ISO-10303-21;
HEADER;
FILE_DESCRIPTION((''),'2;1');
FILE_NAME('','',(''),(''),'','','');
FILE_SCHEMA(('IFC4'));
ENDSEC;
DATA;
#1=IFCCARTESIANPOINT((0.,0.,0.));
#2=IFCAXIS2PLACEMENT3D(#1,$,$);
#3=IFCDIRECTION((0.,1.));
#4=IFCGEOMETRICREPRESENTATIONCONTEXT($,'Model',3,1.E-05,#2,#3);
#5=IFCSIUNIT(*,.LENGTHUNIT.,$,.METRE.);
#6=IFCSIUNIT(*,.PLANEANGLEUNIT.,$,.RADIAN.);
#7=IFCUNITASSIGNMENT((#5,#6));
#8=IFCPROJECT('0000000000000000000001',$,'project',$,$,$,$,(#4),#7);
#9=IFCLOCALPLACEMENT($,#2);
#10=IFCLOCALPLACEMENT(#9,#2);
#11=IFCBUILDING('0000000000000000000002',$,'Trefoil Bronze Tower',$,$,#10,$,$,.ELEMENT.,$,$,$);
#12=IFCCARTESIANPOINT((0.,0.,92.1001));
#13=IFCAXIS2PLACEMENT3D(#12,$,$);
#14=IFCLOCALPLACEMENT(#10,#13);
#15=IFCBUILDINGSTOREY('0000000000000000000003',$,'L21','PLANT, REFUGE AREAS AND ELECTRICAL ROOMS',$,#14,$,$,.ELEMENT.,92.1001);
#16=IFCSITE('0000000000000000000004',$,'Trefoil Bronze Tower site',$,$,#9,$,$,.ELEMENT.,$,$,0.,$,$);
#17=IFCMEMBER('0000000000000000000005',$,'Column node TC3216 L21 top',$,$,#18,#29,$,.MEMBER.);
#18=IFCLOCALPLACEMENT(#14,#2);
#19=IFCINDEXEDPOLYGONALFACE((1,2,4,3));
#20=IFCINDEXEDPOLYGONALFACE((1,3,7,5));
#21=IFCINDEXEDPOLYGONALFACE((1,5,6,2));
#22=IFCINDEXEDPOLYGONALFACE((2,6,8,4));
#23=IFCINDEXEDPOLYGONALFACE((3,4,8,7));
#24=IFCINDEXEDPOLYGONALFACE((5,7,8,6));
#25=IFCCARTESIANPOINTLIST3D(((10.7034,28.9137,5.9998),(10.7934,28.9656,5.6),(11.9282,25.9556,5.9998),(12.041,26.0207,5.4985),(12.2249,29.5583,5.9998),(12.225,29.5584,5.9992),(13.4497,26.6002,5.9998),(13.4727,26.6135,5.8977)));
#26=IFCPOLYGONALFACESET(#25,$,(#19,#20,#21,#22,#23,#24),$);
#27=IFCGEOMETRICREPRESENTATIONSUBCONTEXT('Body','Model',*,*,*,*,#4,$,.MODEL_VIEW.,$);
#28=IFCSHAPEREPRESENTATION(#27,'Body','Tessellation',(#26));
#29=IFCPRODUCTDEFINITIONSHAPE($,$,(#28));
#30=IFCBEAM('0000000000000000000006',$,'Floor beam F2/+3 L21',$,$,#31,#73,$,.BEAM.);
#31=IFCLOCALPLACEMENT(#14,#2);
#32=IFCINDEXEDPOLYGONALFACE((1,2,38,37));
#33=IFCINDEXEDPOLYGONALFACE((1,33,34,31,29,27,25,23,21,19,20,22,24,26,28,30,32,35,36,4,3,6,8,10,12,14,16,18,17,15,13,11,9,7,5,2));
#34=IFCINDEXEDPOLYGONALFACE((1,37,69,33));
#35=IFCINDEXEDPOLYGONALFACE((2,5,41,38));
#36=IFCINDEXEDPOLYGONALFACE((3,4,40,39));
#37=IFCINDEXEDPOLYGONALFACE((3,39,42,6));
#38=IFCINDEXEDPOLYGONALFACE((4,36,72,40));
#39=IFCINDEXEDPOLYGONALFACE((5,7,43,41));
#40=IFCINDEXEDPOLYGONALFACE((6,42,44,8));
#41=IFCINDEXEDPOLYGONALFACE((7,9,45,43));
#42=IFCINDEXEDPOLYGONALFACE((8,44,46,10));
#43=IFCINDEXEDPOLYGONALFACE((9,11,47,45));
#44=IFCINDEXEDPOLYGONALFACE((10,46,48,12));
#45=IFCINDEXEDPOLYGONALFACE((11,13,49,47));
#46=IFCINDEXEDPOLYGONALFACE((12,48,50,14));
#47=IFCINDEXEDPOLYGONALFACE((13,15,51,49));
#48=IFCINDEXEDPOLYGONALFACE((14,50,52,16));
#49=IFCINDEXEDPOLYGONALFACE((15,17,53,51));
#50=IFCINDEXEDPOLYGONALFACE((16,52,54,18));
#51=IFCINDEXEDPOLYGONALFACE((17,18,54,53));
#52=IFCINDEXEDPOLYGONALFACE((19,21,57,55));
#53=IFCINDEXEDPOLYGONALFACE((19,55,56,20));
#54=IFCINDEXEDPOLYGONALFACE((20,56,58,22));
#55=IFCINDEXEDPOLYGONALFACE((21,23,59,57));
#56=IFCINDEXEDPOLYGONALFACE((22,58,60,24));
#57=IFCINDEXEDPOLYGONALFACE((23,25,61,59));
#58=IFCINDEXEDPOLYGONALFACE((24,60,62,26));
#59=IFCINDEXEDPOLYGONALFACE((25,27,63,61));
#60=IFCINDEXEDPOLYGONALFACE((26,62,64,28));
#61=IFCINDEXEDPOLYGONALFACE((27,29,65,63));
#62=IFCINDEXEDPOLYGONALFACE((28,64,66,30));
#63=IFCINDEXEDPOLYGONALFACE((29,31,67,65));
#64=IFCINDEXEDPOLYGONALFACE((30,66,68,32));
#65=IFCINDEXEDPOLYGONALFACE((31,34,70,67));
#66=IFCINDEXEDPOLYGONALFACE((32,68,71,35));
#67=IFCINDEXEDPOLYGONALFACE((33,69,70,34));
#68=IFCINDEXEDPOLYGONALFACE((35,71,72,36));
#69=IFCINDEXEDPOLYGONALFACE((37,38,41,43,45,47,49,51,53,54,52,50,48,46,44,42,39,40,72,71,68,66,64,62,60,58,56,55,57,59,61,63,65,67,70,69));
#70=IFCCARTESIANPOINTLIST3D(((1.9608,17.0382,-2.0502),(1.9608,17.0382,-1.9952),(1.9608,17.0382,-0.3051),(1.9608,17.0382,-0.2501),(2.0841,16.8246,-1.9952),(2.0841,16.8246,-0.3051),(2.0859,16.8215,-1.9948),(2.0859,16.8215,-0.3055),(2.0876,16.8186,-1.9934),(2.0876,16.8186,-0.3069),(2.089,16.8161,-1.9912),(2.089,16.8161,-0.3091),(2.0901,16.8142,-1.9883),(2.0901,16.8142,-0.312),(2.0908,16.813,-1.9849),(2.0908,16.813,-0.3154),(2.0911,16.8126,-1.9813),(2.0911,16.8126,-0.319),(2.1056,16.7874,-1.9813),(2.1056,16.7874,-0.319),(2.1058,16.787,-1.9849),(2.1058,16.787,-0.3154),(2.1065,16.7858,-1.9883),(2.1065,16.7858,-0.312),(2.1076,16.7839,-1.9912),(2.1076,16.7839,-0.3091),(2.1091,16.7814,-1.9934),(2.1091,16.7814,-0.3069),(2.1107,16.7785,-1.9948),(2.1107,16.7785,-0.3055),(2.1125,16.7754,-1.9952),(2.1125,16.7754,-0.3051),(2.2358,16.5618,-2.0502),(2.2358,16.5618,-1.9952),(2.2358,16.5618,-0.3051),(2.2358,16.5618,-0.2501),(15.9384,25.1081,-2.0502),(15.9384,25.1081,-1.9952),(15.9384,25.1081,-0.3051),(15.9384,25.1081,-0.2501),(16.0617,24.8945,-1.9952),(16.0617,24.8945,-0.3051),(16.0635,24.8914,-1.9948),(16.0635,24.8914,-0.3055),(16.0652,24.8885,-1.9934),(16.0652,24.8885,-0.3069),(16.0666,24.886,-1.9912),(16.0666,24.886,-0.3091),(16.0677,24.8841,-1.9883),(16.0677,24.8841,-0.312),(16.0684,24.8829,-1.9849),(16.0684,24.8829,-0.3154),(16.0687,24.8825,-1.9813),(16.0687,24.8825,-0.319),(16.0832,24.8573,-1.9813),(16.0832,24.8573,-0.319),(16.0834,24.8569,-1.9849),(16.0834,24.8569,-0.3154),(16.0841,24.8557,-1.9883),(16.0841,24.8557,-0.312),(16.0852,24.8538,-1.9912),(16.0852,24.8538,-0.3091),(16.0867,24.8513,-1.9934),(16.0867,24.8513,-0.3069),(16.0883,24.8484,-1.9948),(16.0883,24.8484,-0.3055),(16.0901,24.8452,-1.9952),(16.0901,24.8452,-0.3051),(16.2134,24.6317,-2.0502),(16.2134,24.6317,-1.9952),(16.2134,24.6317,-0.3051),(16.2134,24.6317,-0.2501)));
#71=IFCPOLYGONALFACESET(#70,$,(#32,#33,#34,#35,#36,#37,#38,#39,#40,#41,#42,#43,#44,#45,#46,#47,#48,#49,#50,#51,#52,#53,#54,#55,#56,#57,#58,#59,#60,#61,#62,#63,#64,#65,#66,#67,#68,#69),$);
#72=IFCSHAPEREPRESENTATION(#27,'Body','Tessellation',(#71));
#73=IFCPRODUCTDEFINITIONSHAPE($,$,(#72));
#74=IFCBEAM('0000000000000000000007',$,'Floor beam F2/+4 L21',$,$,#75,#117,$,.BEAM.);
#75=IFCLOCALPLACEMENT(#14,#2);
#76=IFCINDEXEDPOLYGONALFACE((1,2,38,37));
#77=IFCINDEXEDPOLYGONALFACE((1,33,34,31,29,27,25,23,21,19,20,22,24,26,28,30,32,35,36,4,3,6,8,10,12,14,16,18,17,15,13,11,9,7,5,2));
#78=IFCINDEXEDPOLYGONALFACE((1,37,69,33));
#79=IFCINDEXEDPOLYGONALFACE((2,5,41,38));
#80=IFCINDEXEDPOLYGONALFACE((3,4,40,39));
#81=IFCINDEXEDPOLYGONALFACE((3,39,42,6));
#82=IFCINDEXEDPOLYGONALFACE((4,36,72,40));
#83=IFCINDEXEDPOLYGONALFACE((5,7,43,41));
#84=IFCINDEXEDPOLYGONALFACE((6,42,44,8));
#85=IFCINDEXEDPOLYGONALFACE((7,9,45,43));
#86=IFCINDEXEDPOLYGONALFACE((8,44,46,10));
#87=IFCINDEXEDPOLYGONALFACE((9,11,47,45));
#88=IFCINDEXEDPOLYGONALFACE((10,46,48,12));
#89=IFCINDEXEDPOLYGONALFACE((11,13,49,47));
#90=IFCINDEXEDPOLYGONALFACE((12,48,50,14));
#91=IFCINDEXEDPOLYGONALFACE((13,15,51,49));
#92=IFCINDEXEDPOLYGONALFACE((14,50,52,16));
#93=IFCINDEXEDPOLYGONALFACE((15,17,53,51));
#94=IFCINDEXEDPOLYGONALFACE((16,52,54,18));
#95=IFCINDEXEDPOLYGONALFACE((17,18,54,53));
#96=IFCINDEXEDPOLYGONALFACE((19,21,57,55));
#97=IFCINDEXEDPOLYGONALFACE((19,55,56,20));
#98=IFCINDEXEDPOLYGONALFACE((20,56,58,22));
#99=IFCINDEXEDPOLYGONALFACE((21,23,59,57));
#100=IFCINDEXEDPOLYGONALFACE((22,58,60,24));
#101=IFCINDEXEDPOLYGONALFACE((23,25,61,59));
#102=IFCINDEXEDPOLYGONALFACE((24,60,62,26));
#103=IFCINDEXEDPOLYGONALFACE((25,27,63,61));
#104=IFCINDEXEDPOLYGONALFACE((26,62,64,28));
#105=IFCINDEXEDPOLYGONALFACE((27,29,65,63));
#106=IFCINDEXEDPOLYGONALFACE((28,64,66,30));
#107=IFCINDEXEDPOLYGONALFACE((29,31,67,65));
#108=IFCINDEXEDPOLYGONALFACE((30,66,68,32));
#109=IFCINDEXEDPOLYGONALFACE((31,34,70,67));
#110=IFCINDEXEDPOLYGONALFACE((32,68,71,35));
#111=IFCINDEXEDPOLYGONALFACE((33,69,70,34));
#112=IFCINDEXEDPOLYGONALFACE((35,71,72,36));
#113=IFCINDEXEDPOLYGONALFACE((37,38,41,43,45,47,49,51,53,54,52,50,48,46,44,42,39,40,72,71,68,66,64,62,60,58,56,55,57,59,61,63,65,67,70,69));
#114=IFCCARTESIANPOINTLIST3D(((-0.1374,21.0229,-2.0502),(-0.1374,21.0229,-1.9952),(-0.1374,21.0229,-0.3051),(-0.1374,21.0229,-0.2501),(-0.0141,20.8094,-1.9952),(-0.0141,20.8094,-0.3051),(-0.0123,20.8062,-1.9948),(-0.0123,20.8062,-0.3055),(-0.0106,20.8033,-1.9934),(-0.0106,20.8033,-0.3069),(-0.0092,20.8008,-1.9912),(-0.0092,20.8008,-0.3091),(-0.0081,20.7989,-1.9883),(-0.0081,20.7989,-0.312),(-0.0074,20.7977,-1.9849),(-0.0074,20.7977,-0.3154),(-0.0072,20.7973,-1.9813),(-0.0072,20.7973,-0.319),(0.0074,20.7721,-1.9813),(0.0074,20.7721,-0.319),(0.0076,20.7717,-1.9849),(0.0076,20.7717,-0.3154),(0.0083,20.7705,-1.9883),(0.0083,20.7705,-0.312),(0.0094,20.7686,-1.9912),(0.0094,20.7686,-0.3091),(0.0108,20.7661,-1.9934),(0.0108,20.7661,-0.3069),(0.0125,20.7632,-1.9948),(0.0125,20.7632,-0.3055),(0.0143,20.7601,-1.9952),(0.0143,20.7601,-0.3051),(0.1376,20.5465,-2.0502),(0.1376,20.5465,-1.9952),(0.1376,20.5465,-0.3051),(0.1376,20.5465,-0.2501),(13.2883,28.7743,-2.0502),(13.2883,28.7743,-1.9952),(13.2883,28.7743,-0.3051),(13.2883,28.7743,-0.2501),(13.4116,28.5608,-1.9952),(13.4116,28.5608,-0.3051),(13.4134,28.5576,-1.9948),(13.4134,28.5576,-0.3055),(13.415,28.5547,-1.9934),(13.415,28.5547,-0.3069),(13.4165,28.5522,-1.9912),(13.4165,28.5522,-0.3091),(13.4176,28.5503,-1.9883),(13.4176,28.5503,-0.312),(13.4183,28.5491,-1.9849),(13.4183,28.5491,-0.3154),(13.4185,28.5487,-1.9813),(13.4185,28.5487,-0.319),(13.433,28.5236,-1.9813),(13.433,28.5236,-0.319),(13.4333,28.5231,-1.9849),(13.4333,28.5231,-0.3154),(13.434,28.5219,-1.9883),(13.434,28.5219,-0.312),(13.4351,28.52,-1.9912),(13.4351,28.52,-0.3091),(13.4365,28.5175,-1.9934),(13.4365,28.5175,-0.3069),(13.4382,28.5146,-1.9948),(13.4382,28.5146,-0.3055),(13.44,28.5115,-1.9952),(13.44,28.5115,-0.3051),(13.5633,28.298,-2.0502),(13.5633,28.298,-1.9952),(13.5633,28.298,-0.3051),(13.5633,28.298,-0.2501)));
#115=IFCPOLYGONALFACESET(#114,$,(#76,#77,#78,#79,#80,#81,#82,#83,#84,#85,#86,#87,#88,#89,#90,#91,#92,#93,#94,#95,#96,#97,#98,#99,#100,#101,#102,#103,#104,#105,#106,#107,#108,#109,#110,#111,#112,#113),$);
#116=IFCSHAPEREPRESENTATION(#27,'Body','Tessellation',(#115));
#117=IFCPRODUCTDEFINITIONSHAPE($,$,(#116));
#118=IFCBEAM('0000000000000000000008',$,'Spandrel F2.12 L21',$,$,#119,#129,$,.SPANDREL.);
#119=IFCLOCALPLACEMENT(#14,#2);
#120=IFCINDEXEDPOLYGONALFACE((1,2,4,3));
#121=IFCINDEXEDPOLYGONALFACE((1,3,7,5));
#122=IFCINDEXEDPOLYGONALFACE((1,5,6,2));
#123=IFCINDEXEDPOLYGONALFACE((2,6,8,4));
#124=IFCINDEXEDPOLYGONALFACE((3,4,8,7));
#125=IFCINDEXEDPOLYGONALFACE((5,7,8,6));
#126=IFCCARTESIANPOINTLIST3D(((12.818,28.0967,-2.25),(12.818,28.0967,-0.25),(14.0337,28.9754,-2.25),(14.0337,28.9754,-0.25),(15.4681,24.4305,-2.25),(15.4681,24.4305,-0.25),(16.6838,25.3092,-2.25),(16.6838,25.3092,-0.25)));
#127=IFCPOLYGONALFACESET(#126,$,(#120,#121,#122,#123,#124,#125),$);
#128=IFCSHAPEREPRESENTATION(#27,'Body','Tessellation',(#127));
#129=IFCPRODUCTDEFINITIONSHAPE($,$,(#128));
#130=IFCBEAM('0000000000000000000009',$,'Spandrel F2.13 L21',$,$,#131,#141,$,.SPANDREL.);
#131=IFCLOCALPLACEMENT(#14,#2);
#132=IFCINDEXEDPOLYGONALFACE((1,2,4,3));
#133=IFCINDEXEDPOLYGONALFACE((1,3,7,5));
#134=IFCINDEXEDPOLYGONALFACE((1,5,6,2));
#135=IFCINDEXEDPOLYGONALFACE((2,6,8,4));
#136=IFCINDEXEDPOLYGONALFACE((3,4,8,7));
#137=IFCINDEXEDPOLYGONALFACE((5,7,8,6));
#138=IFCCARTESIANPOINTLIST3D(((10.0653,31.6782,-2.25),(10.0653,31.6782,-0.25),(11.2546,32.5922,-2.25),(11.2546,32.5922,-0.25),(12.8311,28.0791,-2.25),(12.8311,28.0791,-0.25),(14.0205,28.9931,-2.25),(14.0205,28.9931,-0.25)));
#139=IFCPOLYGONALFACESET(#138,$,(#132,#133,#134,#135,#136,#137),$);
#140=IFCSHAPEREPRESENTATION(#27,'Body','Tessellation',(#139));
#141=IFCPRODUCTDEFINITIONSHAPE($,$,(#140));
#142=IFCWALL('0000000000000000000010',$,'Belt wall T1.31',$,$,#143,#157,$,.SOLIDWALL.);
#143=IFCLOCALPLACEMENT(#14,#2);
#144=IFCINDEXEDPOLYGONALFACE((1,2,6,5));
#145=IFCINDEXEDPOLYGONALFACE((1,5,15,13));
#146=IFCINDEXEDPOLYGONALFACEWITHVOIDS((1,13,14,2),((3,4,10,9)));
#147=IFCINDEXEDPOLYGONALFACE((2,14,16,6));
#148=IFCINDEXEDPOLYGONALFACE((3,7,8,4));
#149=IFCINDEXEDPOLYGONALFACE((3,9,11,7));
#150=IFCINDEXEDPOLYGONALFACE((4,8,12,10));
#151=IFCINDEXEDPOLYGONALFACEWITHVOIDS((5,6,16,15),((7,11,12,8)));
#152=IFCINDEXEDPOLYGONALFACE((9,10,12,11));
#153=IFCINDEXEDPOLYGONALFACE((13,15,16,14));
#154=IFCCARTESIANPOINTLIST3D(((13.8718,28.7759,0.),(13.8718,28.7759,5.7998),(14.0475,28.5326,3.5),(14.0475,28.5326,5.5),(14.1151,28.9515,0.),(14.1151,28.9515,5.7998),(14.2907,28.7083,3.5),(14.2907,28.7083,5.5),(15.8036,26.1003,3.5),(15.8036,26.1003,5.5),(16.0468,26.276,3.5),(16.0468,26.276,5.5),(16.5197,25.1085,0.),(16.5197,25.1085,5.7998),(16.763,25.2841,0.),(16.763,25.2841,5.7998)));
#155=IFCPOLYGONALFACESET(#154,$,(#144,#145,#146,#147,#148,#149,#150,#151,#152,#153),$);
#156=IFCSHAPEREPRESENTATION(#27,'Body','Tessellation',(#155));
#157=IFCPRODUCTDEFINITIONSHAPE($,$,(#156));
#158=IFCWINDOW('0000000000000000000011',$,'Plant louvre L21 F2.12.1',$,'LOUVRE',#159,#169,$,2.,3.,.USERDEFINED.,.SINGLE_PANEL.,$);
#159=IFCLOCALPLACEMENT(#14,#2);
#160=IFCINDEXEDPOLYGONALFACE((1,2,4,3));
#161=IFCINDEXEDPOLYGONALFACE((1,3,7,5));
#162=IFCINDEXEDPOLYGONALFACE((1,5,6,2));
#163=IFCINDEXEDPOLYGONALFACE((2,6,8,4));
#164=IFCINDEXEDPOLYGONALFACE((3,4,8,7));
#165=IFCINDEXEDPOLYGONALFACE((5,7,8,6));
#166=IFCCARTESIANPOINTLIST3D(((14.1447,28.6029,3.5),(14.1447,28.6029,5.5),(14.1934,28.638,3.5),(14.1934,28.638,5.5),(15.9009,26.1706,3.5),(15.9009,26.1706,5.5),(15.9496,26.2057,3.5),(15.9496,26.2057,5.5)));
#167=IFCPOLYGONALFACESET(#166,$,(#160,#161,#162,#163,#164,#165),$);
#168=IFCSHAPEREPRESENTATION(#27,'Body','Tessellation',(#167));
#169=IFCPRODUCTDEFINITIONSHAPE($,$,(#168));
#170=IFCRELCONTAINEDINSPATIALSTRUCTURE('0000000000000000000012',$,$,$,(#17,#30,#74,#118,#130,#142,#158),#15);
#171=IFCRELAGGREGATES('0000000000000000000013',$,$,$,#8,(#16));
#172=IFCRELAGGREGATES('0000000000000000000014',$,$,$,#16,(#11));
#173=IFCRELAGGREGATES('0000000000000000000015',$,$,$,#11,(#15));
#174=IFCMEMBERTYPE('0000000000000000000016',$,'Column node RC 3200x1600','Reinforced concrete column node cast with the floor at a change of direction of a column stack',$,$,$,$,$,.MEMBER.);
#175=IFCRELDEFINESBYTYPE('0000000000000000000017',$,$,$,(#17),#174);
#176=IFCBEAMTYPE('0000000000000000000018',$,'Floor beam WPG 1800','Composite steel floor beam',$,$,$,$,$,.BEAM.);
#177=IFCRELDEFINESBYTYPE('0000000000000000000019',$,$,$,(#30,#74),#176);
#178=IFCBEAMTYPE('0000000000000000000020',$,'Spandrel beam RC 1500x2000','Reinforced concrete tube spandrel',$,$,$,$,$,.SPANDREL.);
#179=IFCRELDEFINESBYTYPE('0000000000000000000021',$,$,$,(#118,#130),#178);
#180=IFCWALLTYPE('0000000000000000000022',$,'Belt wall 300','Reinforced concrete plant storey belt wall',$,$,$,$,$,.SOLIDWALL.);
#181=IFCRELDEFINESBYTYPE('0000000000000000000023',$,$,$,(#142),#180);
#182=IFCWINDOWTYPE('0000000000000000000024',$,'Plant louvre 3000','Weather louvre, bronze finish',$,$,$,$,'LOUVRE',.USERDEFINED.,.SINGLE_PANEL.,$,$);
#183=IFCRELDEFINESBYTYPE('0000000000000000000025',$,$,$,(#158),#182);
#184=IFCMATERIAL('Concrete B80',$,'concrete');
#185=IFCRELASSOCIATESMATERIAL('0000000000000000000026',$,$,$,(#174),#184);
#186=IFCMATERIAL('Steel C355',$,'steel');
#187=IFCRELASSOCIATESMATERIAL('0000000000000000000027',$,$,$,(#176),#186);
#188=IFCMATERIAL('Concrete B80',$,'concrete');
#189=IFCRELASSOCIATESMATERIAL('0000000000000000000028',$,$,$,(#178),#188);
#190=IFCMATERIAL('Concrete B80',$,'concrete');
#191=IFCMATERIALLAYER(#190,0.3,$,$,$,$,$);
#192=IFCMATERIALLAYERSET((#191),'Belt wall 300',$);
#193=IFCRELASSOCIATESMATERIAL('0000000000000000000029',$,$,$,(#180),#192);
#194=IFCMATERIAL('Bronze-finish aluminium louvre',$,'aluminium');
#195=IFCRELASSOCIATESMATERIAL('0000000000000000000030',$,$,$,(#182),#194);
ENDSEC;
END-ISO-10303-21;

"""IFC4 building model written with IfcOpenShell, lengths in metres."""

from ifc_helpers import new_model, si_unit, direction, frame, frame_2d, origin, origin_2d, place, context, subcontext, project, spatial, rectangle, i_section, extrude, clip, halfspace, material, layer, layer_set, material_profile, profile_set, type_object, element, fill, save


model = new_model("IFC4")

# Units and contexts
model_context = context("Model", 3, precision=1e-05, world=origin(), true_north=direction((0.0, 1.0)))
body_context = subcontext(model_context, "Body", "Model", "MODEL_VIEW")
ifc_project = project(units=[si_unit("LENGTHUNIT", "METRE"), si_unit("PLANEANGLEUNIT", "RADIAN")], contexts=[model_context])

# Site, building, storey
site_placement = place(None, origin())
site = spatial("IfcSite", under=ifc_project, at=site_placement, Name="Trefoil Bronze Tower site", CompositionType="ELEMENT", RefElevation=0.0)
building_placement = place(site_placement, origin())
building = spatial("IfcBuilding", under=site, at=building_placement, Name="Trefoil Bronze Tower", CompositionType="ELEMENT")
storey_placement = place(building_placement, frame((0.0, 0.0, 92.1001)))
storey = spatial("IfcBuildingStorey", under=building, at=storey_placement, Name="L21", Description="PLANT, REFUGE AREAS AND ELECTRICAL ROOMS", CompositionType="ELEMENT", Elevation=92.1001)

# Member
ifc_material_1 = material(Name="Concrete B80", Category="concrete")
ifc_material_profile_1 = material_profile(ifc_material_1, rectangle(XDim=3.2, YDim=1.6001, at=origin_2d()), Name="RC 3200x1600")
ifc_profile_set_1 = profile_set([ifc_material_profile_1], Name="Concrete B80")
member_type_1 = type_object("IfcMemberType", Name="Column node RC 3200x1600", Description="Reinforced concrete column node cast with the floor at a change of direction of a column stack", PredefinedType="MEMBER", material=ifc_profile_set_1)
member_1_placement = place(storey_placement, frame((12.02, 27.7244, 6.251), z_axis=(0.217851, 0.125629, -0.967863), x_axis=(0.389898, -0.920312, -0.031697)))
element("IfcMember", 1, at=member_1_placement, inside=storey, type_object=member_type_1, Name="Column node TC3216 L21 top", PredefinedType="MEMBER", context=body_context, shape_type="Clipping", body=[
    clip(extrude(rectangle(XDim=3.2, YDim=1.6001, at=origin_2d()), origin(), (0.0, 0.0, 1.0), 0.5188), halfspace(frame((0.0, 0.0, 0.2595), z_axis=(0.031697, 0.249474, 0.967863), x_axis=(0.0, 0.968349, -0.249599)), True)),
])

# Beams
ifc_material_2 = material(Name="Steel C355", Category="steel")
ifc_material_profile_2 = material_profile(ifc_material_2, i_section(OverallWidth=0.55, OverallDepth=1.8, WebThickness=0.0291, FlangeThickness=0.0549, FilletRadius=0.0139, at=origin_2d()), Name="WPG 1800")
ifc_profile_set_2 = profile_set([ifc_material_profile_2], Name="Steel C355")
beam_type_1 = type_object("IfcBeamType", Name="Floor beam WPG 1800", Description="Composite steel floor beam", PredefinedType="BEAM", material=ifc_profile_set_2)
beam_1_placement = place(storey_placement, frame((16.0759, 24.8699, -1.1501), z_axis=(-0.866028, -0.499995, 0.0), x_axis=(0.499995, -0.866028, 0.0)))
element("IfcBeam", 2, at=beam_1_placement, inside=storey, type_object=beam_type_1, Name="Floor beam F2/+3 L21", PredefinedType="BEAM", context=body_context, shape_type="SweptSolid", body=[
    extrude(i_section(OverallWidth=0.55, OverallDepth=1.8, WebThickness=0.0291, FlangeThickness=0.0549, FilletRadius=0.0139, at=origin_2d()), origin(), (0.0, 0.0, 1.0), 16.1399),
])
beam_2_placement = place(storey_placement, frame((13.4258, 28.5361, -1.1501), z_axis=(-0.866023, -0.500004, 0.0), x_axis=(0.500004, -0.866023, 0.0)))
element("IfcBeam", 3, at=beam_2_placement, inside=storey, type_object=beam_type_1, Name="Floor beam F2/+4 L21", PredefinedType="BEAM", context=body_context, shape_type="SweptSolid", body=[
    extrude(i_section(OverallWidth=0.55, OverallDepth=1.8, WebThickness=0.0291, FlangeThickness=0.0549, FilletRadius=0.0139, at=origin_2d()), origin(), (0.0, 0.0, 1.0), 15.5027),
])
ifc_material_3 = material(Name="Concrete B80", Category="concrete")
ifc_material_profile_3 = material_profile(ifc_material_3, rectangle(XDim=1.5, YDim=2.0, at=origin_2d()), Name="RC 1500x2000")
ifc_profile_set_3 = profile_set([ifc_material_profile_3], Name="Concrete B80")
beam_type_2 = type_object("IfcBeamType", Name="Spandrel beam RC 1500x2000", Description="Reinforced concrete tube spandrel", PredefinedType="SPANDREL", material=ifc_profile_set_3)
beam_3_placement = place(storey_placement, frame((16.0759, 24.8699, -1.25), z_axis=(-0.585824, 0.810439, 0.0), x_axis=(-0.810439, -0.585824, 0.0)))
element("IfcBeam", 4, at=beam_3_placement, inside=storey, type_object=beam_type_2, Name="Spandrel F2.12 L21", PredefinedType="SPANDREL", context=body_context, shape_type="SweptSolid", body=[
    extrude(rectangle(XDim=1.5, YDim=2.0, at=origin_2d()), origin(), (0.0, 0.0, 1.0), 4.5237),
])
beam_4_placement = place(storey_placement, frame((13.4258, 28.5361, -1.25), z_axis=(-0.609339, 0.79291, 0.0), x_axis=(-0.79291, -0.609339, 0.0)))
element("IfcBeam", 5, at=beam_4_placement, inside=storey, type_object=beam_type_2, Name="Spandrel F2.13 L21", PredefinedType="SPANDREL", context=body_context, shape_type="SweptSolid", body=[
    extrude(rectangle(XDim=1.5, YDim=2.0, at=origin_2d()), origin(), (0.0, 0.0, 1.0), 4.5391),
])

# Wall, opening, window
ifc_material_4 = material(Name="Concrete B80", Category="concrete")
ifc_layer_1 = layer(ifc_material_4, 0.3)
ifc_layer_set_1 = layer_set([ifc_layer_1], Name="Belt wall 300")
wall_type = type_object("IfcWallType", Name="Belt wall 300", Description="Reinforced concrete plant storey belt wall", PredefinedType="SOLIDWALL", material=ifc_layer_set_1)
wall_1_placement = place(storey_placement, frame((16.6414, 25.1963, 0.0), z_axis=(0.0, 0.0, 1.0), x_axis=(-0.585376, 0.810762, 0.0)))
wall_1 = element("IfcWall", 6, at=wall_1_placement, inside=storey, type_object=wall_type, Name="Belt wall T1.31", PredefinedType="SOLIDWALL", context=body_context, shape_type="SweptSolid", body=[
    extrude(rectangle(XDim=4.5234, YDim=0.3, at=frame_2d((2.2617, 0.0))), origin(), (0.0, 0.0, 1.0), 5.7998),
])
opening_1_placement = place(wall_1_placement, frame((1.2234, 0.0, 3.5)))
opening_1 = element("IfcOpeningElement", 7, at=opening_1_placement, cuts=wall_1, PredefinedType="OPENING", context=body_context, shape_type="SweptSolid", body=[
    extrude(rectangle(XDim=3.0, YDim=2.0, at=frame_2d((1.5, 1.0))), frame((0.0, 0.1599, 0.0), z_axis=(0.0, -1.0, 0.0), x_axis=(1.0, 0.0, 0.0)), (0.0, 0.0, 1.0), 0.3201),
])
ifc_material_5 = material(Name="Bronze-finish aluminium louvre", Category="aluminium")
window_type = type_object("IfcWindowType", Name="Plant louvre 3000", Description="Weather louvre, bronze finish", ElementType="LOUVRE", PartitioningType="SINGLE_PANEL", PredefinedType="USERDEFINED", material=ifc_material_5)
window_1_placement = place(opening_1_placement, origin())
window_1 = element("IfcWindow", 8, at=window_1_placement, inside=storey, type_object=window_type, Name="Plant louvre L21 F2.12.1", ObjectType="LOUVRE", OverallHeight=2.0, OverallWidth=3.0, PartitioningType="SINGLE_PANEL", PredefinedType="USERDEFINED", context=body_context, shape_type="SweptSolid", body=[
    extrude(rectangle(XDim=3.0, YDim=2.0, at=frame_2d((1.5, 1.0))), frame((0.0, 0.03, 0.0), z_axis=(0.0, -1.0, 0.0), x_axis=(1.0, 0.0, 0.0)), (0.0, 0.0, 1.0), 0.0601),
])
fill(opening_1, window_1)

save(model, "model.ifc")
